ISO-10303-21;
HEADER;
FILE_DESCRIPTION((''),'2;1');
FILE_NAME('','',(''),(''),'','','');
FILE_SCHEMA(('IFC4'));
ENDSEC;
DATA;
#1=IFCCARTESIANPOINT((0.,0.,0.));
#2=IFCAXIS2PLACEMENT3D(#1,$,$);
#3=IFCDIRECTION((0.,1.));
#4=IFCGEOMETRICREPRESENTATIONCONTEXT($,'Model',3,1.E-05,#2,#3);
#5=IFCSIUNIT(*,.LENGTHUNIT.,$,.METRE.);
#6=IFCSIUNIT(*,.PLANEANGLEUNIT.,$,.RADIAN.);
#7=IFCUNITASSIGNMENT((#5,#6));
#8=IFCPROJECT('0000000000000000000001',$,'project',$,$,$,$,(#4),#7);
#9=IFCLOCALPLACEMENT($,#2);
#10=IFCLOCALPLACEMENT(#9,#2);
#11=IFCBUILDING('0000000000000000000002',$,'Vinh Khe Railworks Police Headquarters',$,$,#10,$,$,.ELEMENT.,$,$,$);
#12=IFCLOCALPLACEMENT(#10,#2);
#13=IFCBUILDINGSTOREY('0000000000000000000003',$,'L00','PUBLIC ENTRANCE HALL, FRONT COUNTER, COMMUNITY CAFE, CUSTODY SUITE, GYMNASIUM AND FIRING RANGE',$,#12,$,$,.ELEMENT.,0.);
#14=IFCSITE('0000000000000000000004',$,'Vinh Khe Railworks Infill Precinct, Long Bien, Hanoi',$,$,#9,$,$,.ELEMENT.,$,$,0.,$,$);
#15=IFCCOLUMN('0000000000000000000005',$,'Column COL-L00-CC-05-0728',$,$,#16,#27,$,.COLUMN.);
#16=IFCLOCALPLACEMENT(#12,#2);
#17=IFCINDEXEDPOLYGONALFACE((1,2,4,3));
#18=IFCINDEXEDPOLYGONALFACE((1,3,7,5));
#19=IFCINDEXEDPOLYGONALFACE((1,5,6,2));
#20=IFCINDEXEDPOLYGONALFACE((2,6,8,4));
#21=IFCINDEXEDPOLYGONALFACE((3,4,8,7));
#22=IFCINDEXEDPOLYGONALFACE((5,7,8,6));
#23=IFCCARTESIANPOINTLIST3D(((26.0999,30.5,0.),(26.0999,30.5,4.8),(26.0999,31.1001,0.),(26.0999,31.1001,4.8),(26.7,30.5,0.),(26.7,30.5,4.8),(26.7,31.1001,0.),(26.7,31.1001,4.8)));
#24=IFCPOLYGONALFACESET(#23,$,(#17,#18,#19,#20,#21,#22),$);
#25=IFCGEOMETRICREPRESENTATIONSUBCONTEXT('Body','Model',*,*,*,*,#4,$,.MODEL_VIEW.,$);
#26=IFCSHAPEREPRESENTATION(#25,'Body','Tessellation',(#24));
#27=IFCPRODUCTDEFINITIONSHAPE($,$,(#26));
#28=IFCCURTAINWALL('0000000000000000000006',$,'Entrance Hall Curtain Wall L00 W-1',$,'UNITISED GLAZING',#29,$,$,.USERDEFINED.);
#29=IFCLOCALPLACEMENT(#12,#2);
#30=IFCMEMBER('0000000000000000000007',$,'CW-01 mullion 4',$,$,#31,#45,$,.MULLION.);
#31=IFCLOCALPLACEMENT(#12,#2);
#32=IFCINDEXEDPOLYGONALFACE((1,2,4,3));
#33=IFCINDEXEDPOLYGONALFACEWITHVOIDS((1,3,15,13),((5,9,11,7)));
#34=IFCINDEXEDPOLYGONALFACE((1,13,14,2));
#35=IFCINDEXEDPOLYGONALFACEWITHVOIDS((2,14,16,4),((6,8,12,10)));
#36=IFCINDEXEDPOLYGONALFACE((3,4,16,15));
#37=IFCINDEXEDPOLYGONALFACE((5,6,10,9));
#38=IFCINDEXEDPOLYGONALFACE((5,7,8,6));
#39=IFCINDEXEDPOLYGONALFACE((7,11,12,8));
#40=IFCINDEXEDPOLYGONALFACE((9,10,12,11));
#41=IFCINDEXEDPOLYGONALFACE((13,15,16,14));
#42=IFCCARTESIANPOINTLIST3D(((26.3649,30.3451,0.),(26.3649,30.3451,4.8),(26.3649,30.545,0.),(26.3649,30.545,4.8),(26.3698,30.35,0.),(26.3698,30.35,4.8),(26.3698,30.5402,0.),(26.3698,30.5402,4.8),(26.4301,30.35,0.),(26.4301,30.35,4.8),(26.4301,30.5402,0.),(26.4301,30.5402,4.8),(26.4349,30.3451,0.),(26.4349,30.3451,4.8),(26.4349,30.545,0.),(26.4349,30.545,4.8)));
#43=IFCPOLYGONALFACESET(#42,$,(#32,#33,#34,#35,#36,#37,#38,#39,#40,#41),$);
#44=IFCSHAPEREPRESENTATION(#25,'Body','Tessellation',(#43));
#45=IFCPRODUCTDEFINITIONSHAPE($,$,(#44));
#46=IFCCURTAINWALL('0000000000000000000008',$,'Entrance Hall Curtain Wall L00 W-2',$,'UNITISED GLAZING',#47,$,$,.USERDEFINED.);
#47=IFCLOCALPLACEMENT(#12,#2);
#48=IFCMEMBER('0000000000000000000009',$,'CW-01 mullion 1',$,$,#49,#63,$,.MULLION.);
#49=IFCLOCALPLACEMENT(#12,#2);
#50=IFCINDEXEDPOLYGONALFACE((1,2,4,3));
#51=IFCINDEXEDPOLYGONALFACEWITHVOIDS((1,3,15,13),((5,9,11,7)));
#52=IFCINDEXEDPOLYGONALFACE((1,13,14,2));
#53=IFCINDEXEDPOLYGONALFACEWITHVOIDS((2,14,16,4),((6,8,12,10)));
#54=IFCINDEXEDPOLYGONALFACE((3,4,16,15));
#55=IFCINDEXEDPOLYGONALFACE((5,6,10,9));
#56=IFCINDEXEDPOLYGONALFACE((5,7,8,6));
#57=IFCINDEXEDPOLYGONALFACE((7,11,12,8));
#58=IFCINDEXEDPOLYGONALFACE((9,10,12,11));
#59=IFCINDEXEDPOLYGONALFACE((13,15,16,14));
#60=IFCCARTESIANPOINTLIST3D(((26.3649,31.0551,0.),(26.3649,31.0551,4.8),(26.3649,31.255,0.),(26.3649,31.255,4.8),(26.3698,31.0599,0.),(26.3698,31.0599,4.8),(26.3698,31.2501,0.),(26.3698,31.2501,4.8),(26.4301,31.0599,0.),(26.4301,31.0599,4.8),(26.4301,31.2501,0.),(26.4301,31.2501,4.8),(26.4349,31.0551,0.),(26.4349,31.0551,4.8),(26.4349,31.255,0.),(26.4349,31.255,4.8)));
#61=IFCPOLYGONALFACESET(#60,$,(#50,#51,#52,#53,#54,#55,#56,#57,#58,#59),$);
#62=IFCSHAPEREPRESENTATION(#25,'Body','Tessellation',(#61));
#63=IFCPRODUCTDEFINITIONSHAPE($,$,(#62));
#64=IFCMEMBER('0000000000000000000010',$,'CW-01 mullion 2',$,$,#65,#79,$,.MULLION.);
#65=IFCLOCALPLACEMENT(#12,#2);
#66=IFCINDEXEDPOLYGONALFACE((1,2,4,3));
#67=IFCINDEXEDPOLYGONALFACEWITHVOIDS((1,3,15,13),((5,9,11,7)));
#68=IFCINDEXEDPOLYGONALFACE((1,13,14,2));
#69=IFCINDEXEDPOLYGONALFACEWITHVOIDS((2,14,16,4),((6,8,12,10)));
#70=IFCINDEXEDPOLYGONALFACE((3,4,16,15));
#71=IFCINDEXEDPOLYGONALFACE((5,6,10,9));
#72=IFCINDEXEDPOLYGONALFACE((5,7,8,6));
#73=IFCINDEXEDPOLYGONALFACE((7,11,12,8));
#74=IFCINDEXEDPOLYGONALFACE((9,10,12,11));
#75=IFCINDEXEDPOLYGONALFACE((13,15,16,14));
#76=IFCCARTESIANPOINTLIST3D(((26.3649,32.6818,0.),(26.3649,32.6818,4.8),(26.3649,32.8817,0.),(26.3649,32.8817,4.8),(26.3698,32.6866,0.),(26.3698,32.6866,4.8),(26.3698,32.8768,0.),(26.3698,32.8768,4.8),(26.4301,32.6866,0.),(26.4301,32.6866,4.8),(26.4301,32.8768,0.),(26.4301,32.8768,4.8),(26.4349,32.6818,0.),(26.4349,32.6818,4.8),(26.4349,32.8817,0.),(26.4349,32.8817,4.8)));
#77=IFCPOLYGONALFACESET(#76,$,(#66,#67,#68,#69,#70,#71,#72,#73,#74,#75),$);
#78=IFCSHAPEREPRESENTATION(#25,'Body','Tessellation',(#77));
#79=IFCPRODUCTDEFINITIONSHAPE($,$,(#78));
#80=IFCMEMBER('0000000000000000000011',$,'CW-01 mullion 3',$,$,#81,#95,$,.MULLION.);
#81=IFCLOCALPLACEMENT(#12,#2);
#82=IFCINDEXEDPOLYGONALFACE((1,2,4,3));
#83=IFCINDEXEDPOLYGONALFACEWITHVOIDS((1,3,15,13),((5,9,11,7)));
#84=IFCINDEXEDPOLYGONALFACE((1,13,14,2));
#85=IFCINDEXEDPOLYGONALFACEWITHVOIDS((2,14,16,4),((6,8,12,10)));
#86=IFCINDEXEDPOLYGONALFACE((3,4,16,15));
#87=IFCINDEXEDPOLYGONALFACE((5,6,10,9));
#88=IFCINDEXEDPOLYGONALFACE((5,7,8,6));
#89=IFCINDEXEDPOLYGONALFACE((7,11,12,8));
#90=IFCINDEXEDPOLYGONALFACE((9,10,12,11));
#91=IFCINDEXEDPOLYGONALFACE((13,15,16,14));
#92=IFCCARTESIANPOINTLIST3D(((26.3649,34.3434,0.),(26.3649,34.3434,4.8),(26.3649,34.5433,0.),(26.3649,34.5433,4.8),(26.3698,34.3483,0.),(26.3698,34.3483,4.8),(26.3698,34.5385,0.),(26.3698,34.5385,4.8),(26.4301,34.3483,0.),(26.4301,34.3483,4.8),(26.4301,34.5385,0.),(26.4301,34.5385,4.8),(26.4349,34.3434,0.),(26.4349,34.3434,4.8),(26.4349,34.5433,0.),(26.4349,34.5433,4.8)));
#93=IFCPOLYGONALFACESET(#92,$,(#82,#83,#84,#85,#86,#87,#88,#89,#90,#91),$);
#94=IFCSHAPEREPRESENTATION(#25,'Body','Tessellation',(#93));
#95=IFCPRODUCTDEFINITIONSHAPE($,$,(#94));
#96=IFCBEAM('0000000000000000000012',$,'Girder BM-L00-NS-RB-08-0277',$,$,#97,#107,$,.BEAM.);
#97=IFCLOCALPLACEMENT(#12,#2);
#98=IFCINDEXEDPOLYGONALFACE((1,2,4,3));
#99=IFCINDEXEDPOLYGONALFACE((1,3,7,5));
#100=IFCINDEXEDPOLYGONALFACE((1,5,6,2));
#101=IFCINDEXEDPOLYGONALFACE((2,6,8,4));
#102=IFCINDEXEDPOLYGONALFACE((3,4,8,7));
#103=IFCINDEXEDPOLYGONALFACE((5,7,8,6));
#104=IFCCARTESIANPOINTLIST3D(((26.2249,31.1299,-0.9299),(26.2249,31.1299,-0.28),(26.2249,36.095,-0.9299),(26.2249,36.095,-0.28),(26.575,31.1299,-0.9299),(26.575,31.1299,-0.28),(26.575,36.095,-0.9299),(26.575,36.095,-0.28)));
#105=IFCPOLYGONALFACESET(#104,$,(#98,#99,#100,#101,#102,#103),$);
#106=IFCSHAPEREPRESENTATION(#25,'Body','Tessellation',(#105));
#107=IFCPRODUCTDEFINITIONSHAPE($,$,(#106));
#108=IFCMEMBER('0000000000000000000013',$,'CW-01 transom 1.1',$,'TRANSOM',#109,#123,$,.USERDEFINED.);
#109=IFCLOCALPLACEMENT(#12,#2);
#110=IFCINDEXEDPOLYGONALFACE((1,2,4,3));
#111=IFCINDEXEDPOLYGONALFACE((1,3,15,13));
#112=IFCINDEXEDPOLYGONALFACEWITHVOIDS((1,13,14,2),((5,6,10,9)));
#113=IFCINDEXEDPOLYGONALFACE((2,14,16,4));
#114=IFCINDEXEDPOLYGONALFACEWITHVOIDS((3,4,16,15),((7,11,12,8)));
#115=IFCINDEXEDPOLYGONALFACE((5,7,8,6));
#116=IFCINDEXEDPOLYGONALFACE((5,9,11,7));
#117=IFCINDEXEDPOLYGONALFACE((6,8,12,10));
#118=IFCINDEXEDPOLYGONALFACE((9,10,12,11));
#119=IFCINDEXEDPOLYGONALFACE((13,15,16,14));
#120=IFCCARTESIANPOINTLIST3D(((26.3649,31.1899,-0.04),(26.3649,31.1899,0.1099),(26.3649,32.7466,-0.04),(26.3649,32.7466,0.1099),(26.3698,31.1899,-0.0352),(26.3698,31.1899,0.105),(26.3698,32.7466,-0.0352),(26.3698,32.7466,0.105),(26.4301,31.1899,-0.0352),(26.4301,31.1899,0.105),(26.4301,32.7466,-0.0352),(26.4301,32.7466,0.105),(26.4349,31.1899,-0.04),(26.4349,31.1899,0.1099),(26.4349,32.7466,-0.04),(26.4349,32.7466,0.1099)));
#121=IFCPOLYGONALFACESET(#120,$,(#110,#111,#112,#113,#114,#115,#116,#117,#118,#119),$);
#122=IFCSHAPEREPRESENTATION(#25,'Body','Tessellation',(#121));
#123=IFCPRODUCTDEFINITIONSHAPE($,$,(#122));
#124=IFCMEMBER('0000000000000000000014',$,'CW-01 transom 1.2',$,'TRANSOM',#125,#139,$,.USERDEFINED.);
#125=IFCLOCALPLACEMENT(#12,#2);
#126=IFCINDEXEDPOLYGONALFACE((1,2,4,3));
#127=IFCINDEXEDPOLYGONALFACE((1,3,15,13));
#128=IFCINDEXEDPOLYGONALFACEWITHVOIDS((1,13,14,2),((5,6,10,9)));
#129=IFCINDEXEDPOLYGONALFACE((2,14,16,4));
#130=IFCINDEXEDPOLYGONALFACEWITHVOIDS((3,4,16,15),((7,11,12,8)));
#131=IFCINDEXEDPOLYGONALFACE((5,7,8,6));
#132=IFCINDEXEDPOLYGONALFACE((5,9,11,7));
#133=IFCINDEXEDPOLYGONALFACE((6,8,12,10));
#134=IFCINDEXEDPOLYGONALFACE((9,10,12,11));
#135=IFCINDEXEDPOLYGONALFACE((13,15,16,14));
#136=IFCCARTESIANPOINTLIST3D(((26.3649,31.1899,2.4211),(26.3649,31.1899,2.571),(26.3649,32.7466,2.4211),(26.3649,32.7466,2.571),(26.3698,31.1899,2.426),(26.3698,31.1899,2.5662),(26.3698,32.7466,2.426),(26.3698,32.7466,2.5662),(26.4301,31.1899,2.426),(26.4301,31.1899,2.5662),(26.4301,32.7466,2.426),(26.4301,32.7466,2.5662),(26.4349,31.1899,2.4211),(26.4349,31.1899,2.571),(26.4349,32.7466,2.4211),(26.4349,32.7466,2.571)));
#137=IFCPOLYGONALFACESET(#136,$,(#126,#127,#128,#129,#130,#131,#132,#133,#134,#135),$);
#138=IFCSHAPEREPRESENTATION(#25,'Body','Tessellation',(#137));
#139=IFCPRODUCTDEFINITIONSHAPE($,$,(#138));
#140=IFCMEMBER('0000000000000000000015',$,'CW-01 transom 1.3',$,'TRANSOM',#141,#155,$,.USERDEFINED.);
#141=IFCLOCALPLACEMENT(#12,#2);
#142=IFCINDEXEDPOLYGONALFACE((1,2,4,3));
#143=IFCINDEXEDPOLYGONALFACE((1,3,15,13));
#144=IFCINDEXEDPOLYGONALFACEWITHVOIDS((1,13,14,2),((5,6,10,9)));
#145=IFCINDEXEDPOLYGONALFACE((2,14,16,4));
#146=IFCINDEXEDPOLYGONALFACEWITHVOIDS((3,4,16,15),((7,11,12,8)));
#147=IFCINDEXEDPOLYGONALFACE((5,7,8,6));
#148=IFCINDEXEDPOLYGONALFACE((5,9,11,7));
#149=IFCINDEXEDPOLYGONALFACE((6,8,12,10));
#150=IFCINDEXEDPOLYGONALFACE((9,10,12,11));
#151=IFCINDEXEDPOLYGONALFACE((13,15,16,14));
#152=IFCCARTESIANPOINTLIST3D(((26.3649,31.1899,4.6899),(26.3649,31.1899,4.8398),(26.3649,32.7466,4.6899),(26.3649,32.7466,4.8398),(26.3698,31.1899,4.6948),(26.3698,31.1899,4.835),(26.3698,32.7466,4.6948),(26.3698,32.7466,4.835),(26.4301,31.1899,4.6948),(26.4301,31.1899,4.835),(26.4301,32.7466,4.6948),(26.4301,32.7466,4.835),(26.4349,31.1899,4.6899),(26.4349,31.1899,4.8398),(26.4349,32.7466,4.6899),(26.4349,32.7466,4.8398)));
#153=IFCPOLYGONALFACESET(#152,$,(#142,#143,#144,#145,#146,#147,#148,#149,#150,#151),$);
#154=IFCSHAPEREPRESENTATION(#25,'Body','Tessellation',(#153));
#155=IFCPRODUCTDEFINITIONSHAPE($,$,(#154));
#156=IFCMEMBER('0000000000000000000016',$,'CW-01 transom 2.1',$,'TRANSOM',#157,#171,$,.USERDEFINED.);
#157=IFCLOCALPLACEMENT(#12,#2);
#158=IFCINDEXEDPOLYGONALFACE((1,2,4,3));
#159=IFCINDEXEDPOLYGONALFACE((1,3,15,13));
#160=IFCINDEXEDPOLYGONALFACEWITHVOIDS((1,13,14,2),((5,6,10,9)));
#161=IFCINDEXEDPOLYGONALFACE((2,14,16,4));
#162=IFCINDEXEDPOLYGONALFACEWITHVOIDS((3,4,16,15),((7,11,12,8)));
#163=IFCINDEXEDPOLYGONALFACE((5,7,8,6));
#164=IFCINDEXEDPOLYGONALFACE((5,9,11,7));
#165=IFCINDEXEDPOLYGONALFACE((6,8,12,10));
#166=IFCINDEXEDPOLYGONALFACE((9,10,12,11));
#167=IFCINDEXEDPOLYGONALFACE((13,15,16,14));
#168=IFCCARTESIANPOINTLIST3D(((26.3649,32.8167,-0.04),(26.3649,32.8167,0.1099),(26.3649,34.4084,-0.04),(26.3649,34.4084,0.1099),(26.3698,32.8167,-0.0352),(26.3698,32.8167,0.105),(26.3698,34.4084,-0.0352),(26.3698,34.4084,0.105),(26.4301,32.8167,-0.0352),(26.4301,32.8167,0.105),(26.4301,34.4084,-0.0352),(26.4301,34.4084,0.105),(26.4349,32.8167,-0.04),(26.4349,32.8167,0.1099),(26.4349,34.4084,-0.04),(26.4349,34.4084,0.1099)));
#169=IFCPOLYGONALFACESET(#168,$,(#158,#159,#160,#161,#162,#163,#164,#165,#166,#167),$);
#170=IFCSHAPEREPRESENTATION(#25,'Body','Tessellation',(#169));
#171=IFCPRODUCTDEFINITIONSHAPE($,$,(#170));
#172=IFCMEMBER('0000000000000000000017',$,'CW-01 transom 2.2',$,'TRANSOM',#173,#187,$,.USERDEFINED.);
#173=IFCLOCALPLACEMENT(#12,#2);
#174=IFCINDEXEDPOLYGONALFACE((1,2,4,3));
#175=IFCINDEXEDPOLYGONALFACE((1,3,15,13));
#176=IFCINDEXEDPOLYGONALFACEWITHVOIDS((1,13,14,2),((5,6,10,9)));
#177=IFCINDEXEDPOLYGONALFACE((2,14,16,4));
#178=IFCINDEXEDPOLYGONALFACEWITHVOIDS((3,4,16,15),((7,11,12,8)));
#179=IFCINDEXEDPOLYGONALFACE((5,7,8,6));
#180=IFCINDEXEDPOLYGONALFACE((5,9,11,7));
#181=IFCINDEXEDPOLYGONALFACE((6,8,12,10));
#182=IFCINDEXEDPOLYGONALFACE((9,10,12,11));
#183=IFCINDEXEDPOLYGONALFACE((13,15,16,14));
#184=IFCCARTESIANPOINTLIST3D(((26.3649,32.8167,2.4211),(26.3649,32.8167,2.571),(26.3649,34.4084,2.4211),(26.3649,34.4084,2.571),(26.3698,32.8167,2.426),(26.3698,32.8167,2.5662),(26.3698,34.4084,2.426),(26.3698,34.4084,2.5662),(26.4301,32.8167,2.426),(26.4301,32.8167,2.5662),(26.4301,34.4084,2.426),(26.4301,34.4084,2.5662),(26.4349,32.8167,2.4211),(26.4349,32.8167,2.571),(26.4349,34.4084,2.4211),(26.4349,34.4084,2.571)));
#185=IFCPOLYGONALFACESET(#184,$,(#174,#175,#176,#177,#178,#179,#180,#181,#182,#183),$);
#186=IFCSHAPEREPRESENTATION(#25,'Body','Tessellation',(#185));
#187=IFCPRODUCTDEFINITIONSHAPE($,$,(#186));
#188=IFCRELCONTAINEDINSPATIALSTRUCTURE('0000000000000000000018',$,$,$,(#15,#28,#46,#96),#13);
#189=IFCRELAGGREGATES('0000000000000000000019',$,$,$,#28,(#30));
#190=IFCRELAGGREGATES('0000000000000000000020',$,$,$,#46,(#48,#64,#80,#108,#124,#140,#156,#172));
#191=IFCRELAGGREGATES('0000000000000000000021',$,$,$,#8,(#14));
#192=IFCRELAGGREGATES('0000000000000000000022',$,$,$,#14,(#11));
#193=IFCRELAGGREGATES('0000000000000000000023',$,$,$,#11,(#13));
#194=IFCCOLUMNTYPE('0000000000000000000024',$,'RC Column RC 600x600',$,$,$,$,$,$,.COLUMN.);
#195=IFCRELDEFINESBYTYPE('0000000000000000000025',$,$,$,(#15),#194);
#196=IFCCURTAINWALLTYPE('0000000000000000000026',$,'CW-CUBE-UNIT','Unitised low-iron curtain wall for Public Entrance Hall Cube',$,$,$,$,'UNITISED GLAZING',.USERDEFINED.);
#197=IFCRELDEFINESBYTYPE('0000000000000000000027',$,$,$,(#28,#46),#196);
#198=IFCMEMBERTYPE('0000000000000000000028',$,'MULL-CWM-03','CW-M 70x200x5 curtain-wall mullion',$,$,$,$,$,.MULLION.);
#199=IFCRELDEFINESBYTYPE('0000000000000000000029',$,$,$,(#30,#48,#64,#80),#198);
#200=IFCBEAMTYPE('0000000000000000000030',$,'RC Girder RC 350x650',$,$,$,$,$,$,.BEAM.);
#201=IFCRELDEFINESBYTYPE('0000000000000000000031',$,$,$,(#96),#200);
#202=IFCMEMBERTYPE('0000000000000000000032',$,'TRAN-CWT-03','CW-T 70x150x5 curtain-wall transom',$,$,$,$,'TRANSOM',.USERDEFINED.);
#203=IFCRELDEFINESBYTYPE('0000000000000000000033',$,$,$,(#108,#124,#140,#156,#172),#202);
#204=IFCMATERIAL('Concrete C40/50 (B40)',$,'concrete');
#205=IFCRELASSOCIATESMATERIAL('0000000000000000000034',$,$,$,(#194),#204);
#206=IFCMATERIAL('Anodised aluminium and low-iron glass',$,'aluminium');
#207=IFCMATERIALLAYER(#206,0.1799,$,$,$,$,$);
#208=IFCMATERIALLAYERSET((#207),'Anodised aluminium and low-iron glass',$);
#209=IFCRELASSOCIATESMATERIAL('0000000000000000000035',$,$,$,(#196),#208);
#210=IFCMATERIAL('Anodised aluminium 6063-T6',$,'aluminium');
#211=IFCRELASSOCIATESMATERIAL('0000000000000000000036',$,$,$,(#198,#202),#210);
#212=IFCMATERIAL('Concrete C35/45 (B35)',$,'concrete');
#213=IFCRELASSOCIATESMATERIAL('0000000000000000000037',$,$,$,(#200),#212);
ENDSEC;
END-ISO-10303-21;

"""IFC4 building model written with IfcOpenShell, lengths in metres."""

from ifc_helpers import new_model, si_unit, direction, frame, origin, origin_2d, place, context, subcontext, project, spatial, rectangle, hollow_rectangle, extrude, material, layer, layer_set, material_profile, profile_set, type_object, element, aggregate, save


model = new_model("IFC4")

# Units and contexts
model_context = context("Model", 3, precision=1e-05, world=origin(), true_north=direction((0.0, 1.0)))
body_context = subcontext(model_context, "Body", "Model", "MODEL_VIEW")
ifc_project = project(units=[si_unit("LENGTHUNIT", "METRE"), si_unit("PLANEANGLEUNIT", "RADIAN")], contexts=[model_context])

# Site, building, storey
site_placement = place(None, origin())
site = spatial("IfcSite", under=ifc_project, at=site_placement, Name="Vinh Khe Railworks Infill Precinct, Long Bien, Hanoi", CompositionType="ELEMENT", RefElevation=0.0)
building_placement = place(site_placement, origin())
building = spatial("IfcBuilding", under=site, at=building_placement, Name="Vinh Khe Railworks Police Headquarters", CompositionType="ELEMENT")
storey_placement = place(building_placement, origin())
storey = spatial("IfcBuildingStorey", under=building, at=storey_placement, Name="L00", Description="PUBLIC ENTRANCE HALL, FRONT COUNTER, COMMUNITY CAFE, CUSTODY SUITE, GYMNASIUM AND FIRING RANGE", CompositionType="ELEMENT", Elevation=0.0)

# Column
ifc_material_1 = material(Name="Concrete C40/50 (B40)", Category="concrete")
ifc_material_profile_1 = material_profile(ifc_material_1, rectangle(XDim=0.6001, YDim=0.6001, at=origin_2d()), Name="RC 600x600")
ifc_profile_set_1 = profile_set([ifc_material_profile_1], Name="Concrete C40/50 (B40)")
column_type = type_object("IfcColumnType", Name="RC Column RC 600x600", PredefinedType="COLUMN", material=ifc_profile_set_1)
column_placement = place(storey_placement, frame((26.3999, 30.8, 0.0), z_axis=(0.0, 0.0, 1.0), x_axis=(1.0, 0.0, 0.0)))
element("IfcColumn", 1, at=column_placement, inside=storey, type_object=column_type, Name="Column COL-L00-CC-05-0728", PredefinedType="COLUMN", context=body_context, shape_type="SweptSolid", body=[
    extrude(rectangle(XDim=0.6001, YDim=0.6001, at=origin_2d()), origin(), (0.0, 0.0, 1.0), 4.8),
])

# Curtain wall, member
ifc_material_2 = material(Name="Anodised aluminium and low-iron glass", Category="aluminium")
ifc_layer_1 = layer(ifc_material_2, 0.1799)
ifc_layer_set_1 = layer_set([ifc_layer_1], Name="Anodised aluminium and low-iron glass")
curtain_wall_type = type_object("IfcCurtainWallType", Name="CW-CUBE-UNIT", Description="Unitised low-iron curtain wall for Public Entrance Hall Cube", ElementType="UNITISED GLAZING", PredefinedType="USERDEFINED", material=ifc_layer_set_1)
curtain_wall_1_placement = place(storey_placement, origin())
curtain_wall_1 = element("IfcCurtainWall", 2, at=curtain_wall_1_placement, inside=storey, type_object=curtain_wall_type, Name="Entrance Hall Curtain Wall L00 W-1", ObjectType="UNITISED GLAZING", PredefinedType="USERDEFINED")
ifc_material_3 = material(Name="Anodised aluminium 6063-T6", Category="aluminium")
ifc_material_profile_2 = material_profile(ifc_material_3, hollow_rectangle(XDim=0.0701, YDim=0.2, WallThickness=0.0049, at=origin_2d()), Name="CW-M 70x200x5")
ifc_profile_set_2 = profile_set([ifc_material_profile_2], Name="Anodised aluminium 6063-T6")
member_type_1 = type_object("IfcMemberType", Name="MULL-CWM-03", Description="CW-M 70x200x5 curtain-wall mullion", PredefinedType="MULLION", material=ifc_profile_set_2)
member_1_placement = place(storey_placement, frame((26.3999, 30.4451, 0.0), z_axis=(0.0, 0.0, 1.0), x_axis=(-1.0, 0.0, 0.0)))
member_1 = element("IfcMember", 3, at=member_1_placement, type_object=member_type_1, Name="CW-01 mullion 4", PredefinedType="MULLION", context=body_context, shape_type="SweptSolid", body=[
    extrude(hollow_rectangle(XDim=0.0701, YDim=0.2, WallThickness=0.0049, at=origin_2d()), origin(), (0.0, 0.0, 1.0), 4.8),
])

# Curtain wall, members
curtain_wall_2_placement = place(storey_placement, origin())
curtain_wall_2 = element("IfcCurtainWall", 4, at=curtain_wall_2_placement, inside=storey, type_object=curtain_wall_type, Name="Entrance Hall Curtain Wall L00 W-2", ObjectType="UNITISED GLAZING", PredefinedType="USERDEFINED")
member_2_placement = place(storey_placement, frame((26.3999, 31.155, 0.0), z_axis=(0.0, 0.0, 1.0), x_axis=(-1.0, 0.0, 0.0)))
member_2 = element("IfcMember", 5, at=member_2_placement, type_object=member_type_1, Name="CW-01 mullion 1", PredefinedType="MULLION", context=body_context, shape_type="SweptSolid", body=[
    extrude(hollow_rectangle(XDim=0.0701, YDim=0.2, WallThickness=0.0049, at=origin_2d()), origin(), (0.0, 0.0, 1.0), 4.8),
])
member_3_placement = place(storey_placement, frame((26.3999, 32.7817, 0.0), z_axis=(0.0, 0.0, 1.0), x_axis=(-1.0, 0.0, 0.0)))
member_3 = element("IfcMember", 6, at=member_3_placement, type_object=member_type_1, Name="CW-01 mullion 2", PredefinedType="MULLION", context=body_context, shape_type="SweptSolid", body=[
    extrude(hollow_rectangle(XDim=0.0701, YDim=0.2, WallThickness=0.0049, at=origin_2d()), origin(), (0.0, 0.0, 1.0), 4.8),
])
member_4_placement = place(storey_placement, frame((26.3999, 34.4434, 0.0), z_axis=(0.0, 0.0, 1.0), x_axis=(-1.0, 0.0, 0.0)))
member_4 = element("IfcMember", 7, at=member_4_placement, type_object=member_type_1, Name="CW-01 mullion 3", PredefinedType="MULLION", context=body_context, shape_type="SweptSolid", body=[
    extrude(hollow_rectangle(XDim=0.0701, YDim=0.2, WallThickness=0.0049, at=origin_2d()), origin(), (0.0, 0.0, 1.0), 4.8),
])

# Beam
ifc_material_4 = material(Name="Concrete C35/45 (B35)", Category="concrete")
ifc_material_profile_3 = material_profile(ifc_material_4, rectangle(XDim=0.3501, YDim=0.6499, at=origin_2d()), Name="RC 350x650")
ifc_profile_set_3 = profile_set([ifc_material_profile_3], Name="Concrete C35/45 (B35)")
beam_type = type_object("IfcBeamType", Name="RC Girder RC 350x650", PredefinedType="BEAM", material=ifc_profile_set_3)
beam_placement = place(storey_placement, frame((26.3999, 31.1299, -0.605), z_axis=(0.0, 1.0, 0.0), x_axis=(-1.0, 0.0, 0.0)))
element("IfcBeam", 8, at=beam_placement, inside=storey, type_object=beam_type, Name="Girder BM-L00-NS-RB-08-0277", PredefinedType="BEAM", context=body_context, shape_type="SweptSolid", body=[
    extrude(rectangle(XDim=0.3501, YDim=0.6499, at=origin_2d()), origin(), (0.0, 0.0, 1.0), 4.9651),
])

# Members
ifc_material_profile_4 = material_profile(ifc_material_3, hollow_rectangle(XDim=0.0701, YDim=0.1499, WallThickness=0.0049, at=origin_2d()), Name="CW-T 70x150x5")
ifc_profile_set_4 = profile_set([ifc_material_profile_4], Name="Anodised aluminium 6063-T6")
member_type_2 = type_object("IfcMemberType", Name="TRAN-CWT-03", Description="CW-T 70x150x5 curtain-wall transom", ElementType="TRANSOM", PredefinedType="USERDEFINED", material=ifc_profile_set_4)
member_5_placement = place(storey_placement, frame((26.3999, 31.1899, 0.0349), z_axis=(0.0, 1.0, 0.0), x_axis=(-1.0, 0.0, 0.0)))
member_5 = element("IfcMember", 9, at=member_5_placement, type_object=member_type_2, Name="CW-01 transom 1.1", ObjectType="TRANSOM", PredefinedType="USERDEFINED", context=body_context, shape_type="SweptSolid", body=[
    extrude(hollow_rectangle(XDim=0.0701, YDim=0.1499, WallThickness=0.0049, at=origin_2d()), origin(), (0.0, 0.0, 1.0), 1.5566),
])
member_6_placement = place(storey_placement, frame((26.3999, 31.1899, 2.4961), z_axis=(0.0, 1.0, 0.0), x_axis=(-1.0, 0.0, 0.0)))
member_6 = element("IfcMember", 10, at=member_6_placement, type_object=member_type_2, Name="CW-01 transom 1.2", ObjectType="TRANSOM", PredefinedType="USERDEFINED", context=body_context, shape_type="SweptSolid", body=[
    extrude(hollow_rectangle(XDim=0.0701, YDim=0.1499, WallThickness=0.0049, at=origin_2d()), origin(), (0.0, 0.0, 1.0), 1.5566),
])
member_7_placement = place(storey_placement, frame((26.3999, 31.1899, 4.7649), z_axis=(0.0, 1.0, 0.0), x_axis=(-1.0, 0.0, 0.0)))
member_7 = element("IfcMember", 11, at=member_7_placement, type_object=member_type_2, Name="CW-01 transom 1.3", ObjectType="TRANSOM", PredefinedType="USERDEFINED", context=body_context, shape_type="SweptSolid", body=[
    extrude(hollow_rectangle(XDim=0.0701, YDim=0.1499, WallThickness=0.0049, at=origin_2d()), origin(), (0.0, 0.0, 1.0), 1.5566),
])
member_8_placement = place(storey_placement, frame((26.3999, 32.8167, 0.0349), z_axis=(0.0, 1.0, 0.0), x_axis=(-1.0, 0.0, 0.0)))
member_8 = element("IfcMember", 12, at=member_8_placement, type_object=member_type_2, Name="CW-01 transom 2.1", ObjectType="TRANSOM", PredefinedType="USERDEFINED", context=body_context, shape_type="SweptSolid", body=[
    extrude(hollow_rectangle(XDim=0.0701, YDim=0.1499, WallThickness=0.0049, at=origin_2d()), origin(), (0.0, 0.0, 1.0), 1.5918),
])
member_9_placement = place(storey_placement, frame((26.3999, 32.8167, 2.4961), z_axis=(0.0, 1.0, 0.0), x_axis=(-1.0, 0.0, 0.0)))
member_9 = element("IfcMember", 13, at=member_9_placement, type_object=member_type_2, Name="CW-01 transom 2.2", ObjectType="TRANSOM", PredefinedType="USERDEFINED", context=body_context, shape_type="SweptSolid", body=[
    extrude(hollow_rectangle(XDim=0.0701, YDim=0.1499, WallThickness=0.0049, at=origin_2d()), origin(), (0.0, 0.0, 1.0), 1.5918),
])

aggregate(curtain_wall_1, [member_1])
aggregate(curtain_wall_2, [member_2, member_3, member_4, member_5, member_6, member_7, member_8, member_9])

save(model, "model.ifc")
